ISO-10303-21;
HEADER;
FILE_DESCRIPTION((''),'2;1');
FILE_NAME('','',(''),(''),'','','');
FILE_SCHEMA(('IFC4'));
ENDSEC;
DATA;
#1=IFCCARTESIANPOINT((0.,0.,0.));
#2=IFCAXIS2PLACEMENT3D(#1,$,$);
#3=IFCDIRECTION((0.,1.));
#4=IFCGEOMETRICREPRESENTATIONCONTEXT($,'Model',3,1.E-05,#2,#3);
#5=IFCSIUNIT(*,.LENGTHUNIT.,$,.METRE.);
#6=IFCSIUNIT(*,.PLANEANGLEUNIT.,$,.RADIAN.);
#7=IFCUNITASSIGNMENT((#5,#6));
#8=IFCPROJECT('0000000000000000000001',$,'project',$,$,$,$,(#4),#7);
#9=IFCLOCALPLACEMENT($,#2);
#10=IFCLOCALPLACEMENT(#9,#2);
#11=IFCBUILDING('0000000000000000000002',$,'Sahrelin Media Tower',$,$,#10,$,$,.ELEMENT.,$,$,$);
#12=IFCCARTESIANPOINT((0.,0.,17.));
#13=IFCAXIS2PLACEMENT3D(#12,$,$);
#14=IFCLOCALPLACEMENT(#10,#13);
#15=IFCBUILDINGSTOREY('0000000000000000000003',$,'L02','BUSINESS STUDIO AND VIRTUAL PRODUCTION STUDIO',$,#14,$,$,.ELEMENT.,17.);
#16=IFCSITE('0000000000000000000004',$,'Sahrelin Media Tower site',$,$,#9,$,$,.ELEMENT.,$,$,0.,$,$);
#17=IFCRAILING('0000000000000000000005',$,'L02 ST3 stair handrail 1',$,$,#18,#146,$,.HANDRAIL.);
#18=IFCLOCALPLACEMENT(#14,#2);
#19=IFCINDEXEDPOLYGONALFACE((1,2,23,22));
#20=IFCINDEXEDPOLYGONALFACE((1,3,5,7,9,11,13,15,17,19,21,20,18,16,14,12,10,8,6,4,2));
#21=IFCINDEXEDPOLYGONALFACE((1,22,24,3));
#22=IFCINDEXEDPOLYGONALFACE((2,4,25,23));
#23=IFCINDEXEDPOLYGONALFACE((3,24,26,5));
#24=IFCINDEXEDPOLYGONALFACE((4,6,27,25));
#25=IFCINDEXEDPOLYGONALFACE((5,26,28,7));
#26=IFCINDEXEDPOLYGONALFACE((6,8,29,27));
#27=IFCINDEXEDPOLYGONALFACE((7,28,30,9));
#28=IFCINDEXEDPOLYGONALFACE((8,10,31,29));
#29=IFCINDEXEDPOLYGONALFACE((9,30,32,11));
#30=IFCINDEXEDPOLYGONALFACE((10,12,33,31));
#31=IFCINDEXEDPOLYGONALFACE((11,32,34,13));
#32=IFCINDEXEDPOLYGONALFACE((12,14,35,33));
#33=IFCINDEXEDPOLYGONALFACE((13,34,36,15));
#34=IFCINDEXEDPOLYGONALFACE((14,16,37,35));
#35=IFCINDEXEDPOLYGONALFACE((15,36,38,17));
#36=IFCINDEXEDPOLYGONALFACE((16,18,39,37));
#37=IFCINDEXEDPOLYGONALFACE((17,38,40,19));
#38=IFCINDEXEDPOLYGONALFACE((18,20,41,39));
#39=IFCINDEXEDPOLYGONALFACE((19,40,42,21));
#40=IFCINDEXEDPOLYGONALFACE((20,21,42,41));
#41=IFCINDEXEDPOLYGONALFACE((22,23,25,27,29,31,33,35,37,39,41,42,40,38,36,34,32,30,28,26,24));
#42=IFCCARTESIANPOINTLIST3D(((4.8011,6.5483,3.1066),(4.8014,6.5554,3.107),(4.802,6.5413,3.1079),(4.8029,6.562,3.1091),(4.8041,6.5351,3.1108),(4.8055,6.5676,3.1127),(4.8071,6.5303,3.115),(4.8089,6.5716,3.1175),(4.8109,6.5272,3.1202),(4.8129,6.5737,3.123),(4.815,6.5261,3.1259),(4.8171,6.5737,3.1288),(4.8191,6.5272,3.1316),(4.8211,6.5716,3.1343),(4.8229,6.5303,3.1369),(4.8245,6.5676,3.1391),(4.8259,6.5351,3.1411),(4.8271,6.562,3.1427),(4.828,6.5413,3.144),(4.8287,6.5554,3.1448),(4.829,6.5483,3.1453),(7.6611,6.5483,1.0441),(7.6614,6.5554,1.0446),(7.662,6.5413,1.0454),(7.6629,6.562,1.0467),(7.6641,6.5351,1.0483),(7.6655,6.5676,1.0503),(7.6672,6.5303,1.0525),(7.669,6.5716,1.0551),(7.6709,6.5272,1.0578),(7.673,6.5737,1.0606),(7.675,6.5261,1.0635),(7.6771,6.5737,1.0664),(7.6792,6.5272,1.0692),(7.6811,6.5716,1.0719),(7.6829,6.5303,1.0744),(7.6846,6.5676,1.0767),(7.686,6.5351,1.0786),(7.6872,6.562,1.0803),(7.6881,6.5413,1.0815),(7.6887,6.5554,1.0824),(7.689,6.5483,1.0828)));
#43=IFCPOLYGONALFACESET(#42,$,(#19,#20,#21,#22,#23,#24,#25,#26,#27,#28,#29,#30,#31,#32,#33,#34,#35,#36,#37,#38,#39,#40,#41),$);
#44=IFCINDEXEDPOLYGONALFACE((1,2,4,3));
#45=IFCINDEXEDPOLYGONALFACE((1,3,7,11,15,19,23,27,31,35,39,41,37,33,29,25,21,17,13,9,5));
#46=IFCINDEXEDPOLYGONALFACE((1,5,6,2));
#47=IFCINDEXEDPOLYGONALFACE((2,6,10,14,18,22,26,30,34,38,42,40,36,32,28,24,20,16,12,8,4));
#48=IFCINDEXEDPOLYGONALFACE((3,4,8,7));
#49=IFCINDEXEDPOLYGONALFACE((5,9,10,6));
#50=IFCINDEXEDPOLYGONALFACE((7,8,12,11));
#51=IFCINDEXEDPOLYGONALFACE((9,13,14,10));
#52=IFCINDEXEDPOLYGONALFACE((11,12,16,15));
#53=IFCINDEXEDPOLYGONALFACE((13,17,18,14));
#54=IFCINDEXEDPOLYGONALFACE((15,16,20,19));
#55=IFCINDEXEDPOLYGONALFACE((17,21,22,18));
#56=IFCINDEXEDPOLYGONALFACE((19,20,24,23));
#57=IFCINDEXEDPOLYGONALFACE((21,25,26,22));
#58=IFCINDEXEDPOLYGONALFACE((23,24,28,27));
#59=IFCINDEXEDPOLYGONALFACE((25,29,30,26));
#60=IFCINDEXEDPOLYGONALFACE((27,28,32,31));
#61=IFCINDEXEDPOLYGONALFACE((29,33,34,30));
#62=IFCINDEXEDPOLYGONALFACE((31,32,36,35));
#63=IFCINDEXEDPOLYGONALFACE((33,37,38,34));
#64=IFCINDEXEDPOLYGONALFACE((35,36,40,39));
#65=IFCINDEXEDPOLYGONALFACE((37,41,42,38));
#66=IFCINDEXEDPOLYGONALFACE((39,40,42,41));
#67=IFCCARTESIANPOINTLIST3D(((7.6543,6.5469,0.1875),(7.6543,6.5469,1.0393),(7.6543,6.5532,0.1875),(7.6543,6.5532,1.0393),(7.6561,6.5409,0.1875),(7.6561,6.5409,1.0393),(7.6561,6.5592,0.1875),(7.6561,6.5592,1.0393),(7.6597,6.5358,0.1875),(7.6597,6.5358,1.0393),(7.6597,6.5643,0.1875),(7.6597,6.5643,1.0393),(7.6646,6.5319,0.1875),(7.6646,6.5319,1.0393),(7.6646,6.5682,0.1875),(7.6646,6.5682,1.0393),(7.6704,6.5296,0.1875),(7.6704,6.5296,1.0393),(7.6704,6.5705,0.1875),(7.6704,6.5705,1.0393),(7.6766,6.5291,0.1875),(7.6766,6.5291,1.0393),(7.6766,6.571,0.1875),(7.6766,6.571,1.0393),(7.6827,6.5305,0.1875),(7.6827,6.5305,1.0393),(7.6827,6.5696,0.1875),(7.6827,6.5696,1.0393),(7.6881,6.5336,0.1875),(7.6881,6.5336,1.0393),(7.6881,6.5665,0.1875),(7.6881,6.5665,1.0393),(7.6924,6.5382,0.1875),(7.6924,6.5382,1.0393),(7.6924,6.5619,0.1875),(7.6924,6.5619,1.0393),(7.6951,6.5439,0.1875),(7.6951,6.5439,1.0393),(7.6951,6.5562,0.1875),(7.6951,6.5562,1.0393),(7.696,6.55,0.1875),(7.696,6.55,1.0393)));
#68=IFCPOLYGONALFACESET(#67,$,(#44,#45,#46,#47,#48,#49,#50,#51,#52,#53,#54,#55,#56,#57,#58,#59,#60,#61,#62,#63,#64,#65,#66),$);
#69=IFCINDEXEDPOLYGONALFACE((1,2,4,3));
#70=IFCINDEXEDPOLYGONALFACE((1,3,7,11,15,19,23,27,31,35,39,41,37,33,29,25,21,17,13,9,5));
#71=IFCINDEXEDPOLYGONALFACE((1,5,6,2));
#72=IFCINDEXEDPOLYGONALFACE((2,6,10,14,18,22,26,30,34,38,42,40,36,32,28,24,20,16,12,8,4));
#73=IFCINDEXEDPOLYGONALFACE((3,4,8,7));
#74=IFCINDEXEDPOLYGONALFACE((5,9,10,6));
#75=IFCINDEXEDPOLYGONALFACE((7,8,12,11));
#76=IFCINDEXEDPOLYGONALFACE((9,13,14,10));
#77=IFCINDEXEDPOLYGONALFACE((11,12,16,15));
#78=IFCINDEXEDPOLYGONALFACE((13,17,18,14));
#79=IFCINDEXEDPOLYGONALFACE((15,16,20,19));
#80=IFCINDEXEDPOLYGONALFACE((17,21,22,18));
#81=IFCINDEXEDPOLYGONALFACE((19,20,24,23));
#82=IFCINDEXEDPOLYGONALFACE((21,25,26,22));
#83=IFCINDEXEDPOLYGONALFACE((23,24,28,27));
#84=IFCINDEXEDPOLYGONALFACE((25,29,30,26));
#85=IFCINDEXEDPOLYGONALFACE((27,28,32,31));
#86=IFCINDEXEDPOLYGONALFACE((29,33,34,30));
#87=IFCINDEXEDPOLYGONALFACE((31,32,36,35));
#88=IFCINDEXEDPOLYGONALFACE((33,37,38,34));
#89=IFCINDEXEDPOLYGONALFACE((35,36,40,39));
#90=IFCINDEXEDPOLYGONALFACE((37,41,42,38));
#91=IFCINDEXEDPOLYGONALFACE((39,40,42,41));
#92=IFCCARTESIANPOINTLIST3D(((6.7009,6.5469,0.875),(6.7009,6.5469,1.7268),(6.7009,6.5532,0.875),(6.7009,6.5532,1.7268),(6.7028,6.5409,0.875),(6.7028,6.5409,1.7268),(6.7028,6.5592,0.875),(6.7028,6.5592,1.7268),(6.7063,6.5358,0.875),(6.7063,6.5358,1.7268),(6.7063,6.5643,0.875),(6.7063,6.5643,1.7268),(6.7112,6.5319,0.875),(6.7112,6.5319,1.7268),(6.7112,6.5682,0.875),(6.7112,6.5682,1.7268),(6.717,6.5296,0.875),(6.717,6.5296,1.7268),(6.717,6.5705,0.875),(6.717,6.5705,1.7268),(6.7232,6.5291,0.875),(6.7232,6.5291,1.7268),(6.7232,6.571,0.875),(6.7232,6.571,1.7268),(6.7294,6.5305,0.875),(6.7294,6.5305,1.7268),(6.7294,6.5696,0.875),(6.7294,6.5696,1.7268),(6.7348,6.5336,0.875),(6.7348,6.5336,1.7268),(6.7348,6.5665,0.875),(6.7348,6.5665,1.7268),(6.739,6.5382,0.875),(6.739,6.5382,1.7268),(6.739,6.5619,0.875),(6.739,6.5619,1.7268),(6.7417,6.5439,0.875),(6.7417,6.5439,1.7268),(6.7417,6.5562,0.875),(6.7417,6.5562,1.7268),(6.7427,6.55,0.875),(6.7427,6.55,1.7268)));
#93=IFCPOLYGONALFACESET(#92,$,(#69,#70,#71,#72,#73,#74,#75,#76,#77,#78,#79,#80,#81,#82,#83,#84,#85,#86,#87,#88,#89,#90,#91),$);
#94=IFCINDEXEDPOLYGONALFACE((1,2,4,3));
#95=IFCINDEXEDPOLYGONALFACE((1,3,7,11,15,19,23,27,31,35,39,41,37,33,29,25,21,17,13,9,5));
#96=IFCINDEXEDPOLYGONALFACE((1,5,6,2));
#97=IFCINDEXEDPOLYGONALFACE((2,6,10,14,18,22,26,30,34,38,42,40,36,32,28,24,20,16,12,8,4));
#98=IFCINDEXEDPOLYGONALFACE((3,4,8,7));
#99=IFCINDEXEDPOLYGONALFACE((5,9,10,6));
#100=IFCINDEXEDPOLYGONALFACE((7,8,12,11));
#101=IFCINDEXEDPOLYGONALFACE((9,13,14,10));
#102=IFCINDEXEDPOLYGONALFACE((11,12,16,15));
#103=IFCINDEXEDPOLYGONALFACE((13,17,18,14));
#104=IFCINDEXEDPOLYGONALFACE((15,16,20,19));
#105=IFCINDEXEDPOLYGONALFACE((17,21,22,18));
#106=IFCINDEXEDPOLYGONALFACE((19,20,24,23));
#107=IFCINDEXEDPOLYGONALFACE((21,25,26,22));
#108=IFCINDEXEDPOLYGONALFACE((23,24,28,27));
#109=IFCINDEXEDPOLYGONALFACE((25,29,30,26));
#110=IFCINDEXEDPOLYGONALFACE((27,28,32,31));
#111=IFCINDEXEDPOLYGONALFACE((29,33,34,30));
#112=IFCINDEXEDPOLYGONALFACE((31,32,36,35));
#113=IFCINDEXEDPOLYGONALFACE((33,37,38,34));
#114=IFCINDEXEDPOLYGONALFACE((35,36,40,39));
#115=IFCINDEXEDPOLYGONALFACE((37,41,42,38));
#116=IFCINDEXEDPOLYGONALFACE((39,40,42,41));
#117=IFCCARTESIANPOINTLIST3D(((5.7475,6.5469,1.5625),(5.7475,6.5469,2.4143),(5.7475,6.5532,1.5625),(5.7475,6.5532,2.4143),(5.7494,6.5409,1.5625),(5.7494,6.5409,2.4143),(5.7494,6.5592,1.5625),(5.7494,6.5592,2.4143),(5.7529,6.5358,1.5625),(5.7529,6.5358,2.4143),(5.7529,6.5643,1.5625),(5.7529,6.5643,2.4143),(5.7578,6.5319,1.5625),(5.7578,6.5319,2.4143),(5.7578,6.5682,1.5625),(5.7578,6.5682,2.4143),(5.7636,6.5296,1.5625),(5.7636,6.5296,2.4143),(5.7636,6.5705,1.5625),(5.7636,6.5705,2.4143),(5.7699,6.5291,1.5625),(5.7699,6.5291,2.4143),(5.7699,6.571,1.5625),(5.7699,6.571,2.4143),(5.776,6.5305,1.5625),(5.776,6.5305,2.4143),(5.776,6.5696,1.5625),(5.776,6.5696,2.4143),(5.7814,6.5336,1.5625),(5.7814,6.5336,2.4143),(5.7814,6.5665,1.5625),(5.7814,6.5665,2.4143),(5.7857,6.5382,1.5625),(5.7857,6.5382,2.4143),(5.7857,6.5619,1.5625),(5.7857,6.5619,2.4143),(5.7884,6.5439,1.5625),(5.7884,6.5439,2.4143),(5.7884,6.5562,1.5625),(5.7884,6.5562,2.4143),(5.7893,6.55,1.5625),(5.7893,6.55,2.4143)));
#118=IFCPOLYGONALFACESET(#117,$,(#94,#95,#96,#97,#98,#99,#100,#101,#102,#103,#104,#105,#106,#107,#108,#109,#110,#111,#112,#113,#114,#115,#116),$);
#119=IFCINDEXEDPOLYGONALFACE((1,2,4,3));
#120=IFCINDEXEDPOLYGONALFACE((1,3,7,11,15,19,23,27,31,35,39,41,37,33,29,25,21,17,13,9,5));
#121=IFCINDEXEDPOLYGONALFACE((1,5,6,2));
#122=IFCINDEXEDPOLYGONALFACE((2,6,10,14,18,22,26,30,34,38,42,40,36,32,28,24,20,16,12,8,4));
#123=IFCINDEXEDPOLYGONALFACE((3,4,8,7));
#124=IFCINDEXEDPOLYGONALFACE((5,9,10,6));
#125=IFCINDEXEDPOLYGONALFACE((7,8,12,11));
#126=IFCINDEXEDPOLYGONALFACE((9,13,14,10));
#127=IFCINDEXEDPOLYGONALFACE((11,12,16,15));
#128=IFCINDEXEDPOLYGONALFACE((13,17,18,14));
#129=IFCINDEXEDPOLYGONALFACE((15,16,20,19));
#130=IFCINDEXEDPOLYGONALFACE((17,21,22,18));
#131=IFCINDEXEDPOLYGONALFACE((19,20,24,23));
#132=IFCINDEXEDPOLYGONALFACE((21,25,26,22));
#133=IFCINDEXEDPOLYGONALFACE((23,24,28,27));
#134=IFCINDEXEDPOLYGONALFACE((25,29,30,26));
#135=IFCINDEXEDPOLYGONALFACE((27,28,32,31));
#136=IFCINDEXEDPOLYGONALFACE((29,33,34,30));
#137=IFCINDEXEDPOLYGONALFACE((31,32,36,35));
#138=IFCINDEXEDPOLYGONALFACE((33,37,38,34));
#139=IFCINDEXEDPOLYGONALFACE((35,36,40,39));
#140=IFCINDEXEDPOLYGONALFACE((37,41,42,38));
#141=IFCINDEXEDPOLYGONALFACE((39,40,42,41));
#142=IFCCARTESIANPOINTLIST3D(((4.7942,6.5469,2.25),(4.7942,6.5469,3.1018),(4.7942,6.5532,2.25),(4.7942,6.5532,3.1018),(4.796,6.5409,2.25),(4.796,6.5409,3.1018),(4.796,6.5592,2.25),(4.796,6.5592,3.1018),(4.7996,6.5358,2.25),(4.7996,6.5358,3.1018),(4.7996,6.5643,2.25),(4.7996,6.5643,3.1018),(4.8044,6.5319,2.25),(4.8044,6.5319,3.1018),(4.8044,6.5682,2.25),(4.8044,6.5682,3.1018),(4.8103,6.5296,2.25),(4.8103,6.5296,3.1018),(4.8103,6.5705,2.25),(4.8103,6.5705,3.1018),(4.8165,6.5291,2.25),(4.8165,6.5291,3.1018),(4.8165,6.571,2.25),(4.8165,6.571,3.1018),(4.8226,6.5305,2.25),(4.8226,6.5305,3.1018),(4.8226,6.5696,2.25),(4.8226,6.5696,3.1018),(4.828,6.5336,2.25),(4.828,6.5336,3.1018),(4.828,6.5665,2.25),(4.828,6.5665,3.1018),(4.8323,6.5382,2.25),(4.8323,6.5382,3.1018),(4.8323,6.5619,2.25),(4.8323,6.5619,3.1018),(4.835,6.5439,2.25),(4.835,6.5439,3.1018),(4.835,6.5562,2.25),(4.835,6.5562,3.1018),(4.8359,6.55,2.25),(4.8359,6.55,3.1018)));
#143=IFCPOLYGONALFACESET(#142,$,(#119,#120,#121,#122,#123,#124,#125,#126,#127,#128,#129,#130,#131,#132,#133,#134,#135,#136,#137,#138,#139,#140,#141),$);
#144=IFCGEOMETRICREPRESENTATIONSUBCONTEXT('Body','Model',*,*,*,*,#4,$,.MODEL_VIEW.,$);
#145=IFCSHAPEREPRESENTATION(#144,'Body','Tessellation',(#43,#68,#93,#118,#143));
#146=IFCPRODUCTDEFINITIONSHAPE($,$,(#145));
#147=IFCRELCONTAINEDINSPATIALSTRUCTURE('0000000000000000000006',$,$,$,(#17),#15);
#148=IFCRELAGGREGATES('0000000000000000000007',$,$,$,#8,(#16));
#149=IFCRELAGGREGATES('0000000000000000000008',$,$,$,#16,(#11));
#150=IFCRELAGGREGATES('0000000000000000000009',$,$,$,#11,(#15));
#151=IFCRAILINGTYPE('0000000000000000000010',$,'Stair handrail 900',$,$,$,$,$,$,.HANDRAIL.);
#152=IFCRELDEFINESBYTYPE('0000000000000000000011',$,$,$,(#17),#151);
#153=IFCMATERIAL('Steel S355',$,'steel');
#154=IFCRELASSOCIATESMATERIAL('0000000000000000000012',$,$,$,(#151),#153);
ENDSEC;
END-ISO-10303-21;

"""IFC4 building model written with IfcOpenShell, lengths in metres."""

from ifc_helpers import new_model, si_unit, direction, frame, origin, origin_2d, place, context, subcontext, project, spatial, circle, extrude, material, type_object, element, save


model = new_model("IFC4")

# Units and contexts
model_context = context("Model", 3, precision=1e-05, world=origin(), true_north=direction((0.0, 1.0)))
body_context = subcontext(model_context, "Body", "Model", "MODEL_VIEW")
ifc_project = project(units=[si_unit("LENGTHUNIT", "METRE"), si_unit("PLANEANGLEUNIT", "RADIAN")], contexts=[model_context])

# Site, building, storey
site_placement = place(None, origin())
site = spatial("IfcSite", under=ifc_project, at=site_placement, Name="Sahrelin Media Tower site", CompositionType="ELEMENT", RefElevation=0.0)
building_placement = place(site_placement, origin())
building = spatial("IfcBuilding", under=site, at=building_placement, Name="Sahrelin Media Tower", CompositionType="ELEMENT")
storey_placement = place(building_placement, frame((0.0, 0.0, 17.0)))
storey = spatial("IfcBuildingStorey", under=building, at=storey_placement, Name="L02", Description="BUSINESS STUDIO AND VIRTUAL PRODUCTION STUDIO", CompositionType="ELEMENT", Elevation=17.0)

# Shared definitions
ifc_material_1 = material(Name="Steel S355", Category="steel")

# Railing
railing_type_1 = type_object("IfcRailingType", Name="Stair handrail 900", PredefinedType="HANDRAIL", material=ifc_material_1)
railing_1_placement = place(storey_placement, frame((7.675, 6.55, 0.1875)))
element("IfcRailing", 1, at=railing_1_placement, inside=storey, type_object=railing_type_1, Name="L02 ST3 stair handrail 1", PredefinedType="HANDRAIL", context=body_context, shape_type="SweptSolid", body=[
    extrude(circle(Radius=0.0239, at=origin_2d()), frame((0.0, 0.0, 0.876), z_axis=(-0.811101, 0.0, 0.584906), x_axis=(0.0, -1.0, 0.0)), (0.0, 0.0, 1.0), 3.5261),
    extrude(circle(Radius=0.021, at=origin_2d()), origin(), (0.0, 0.0, 1.0), 0.8518),
    extrude(circle(Radius=0.021, at=origin_2d()), frame((-0.9534, 0.0, 0.6875)), (0.0, 0.0, 1.0), 0.8518),
    extrude(circle(Radius=0.021, at=origin_2d()), frame((-1.9067, 0.0, 1.375)), (0.0, 0.0, 1.0), 0.8518),
    extrude(circle(Radius=0.021, at=origin_2d()), frame((-2.8601, 0.0, 2.0625)), (0.0, 0.0, 1.0), 0.8518),
])

save(model, "model.ifc")
